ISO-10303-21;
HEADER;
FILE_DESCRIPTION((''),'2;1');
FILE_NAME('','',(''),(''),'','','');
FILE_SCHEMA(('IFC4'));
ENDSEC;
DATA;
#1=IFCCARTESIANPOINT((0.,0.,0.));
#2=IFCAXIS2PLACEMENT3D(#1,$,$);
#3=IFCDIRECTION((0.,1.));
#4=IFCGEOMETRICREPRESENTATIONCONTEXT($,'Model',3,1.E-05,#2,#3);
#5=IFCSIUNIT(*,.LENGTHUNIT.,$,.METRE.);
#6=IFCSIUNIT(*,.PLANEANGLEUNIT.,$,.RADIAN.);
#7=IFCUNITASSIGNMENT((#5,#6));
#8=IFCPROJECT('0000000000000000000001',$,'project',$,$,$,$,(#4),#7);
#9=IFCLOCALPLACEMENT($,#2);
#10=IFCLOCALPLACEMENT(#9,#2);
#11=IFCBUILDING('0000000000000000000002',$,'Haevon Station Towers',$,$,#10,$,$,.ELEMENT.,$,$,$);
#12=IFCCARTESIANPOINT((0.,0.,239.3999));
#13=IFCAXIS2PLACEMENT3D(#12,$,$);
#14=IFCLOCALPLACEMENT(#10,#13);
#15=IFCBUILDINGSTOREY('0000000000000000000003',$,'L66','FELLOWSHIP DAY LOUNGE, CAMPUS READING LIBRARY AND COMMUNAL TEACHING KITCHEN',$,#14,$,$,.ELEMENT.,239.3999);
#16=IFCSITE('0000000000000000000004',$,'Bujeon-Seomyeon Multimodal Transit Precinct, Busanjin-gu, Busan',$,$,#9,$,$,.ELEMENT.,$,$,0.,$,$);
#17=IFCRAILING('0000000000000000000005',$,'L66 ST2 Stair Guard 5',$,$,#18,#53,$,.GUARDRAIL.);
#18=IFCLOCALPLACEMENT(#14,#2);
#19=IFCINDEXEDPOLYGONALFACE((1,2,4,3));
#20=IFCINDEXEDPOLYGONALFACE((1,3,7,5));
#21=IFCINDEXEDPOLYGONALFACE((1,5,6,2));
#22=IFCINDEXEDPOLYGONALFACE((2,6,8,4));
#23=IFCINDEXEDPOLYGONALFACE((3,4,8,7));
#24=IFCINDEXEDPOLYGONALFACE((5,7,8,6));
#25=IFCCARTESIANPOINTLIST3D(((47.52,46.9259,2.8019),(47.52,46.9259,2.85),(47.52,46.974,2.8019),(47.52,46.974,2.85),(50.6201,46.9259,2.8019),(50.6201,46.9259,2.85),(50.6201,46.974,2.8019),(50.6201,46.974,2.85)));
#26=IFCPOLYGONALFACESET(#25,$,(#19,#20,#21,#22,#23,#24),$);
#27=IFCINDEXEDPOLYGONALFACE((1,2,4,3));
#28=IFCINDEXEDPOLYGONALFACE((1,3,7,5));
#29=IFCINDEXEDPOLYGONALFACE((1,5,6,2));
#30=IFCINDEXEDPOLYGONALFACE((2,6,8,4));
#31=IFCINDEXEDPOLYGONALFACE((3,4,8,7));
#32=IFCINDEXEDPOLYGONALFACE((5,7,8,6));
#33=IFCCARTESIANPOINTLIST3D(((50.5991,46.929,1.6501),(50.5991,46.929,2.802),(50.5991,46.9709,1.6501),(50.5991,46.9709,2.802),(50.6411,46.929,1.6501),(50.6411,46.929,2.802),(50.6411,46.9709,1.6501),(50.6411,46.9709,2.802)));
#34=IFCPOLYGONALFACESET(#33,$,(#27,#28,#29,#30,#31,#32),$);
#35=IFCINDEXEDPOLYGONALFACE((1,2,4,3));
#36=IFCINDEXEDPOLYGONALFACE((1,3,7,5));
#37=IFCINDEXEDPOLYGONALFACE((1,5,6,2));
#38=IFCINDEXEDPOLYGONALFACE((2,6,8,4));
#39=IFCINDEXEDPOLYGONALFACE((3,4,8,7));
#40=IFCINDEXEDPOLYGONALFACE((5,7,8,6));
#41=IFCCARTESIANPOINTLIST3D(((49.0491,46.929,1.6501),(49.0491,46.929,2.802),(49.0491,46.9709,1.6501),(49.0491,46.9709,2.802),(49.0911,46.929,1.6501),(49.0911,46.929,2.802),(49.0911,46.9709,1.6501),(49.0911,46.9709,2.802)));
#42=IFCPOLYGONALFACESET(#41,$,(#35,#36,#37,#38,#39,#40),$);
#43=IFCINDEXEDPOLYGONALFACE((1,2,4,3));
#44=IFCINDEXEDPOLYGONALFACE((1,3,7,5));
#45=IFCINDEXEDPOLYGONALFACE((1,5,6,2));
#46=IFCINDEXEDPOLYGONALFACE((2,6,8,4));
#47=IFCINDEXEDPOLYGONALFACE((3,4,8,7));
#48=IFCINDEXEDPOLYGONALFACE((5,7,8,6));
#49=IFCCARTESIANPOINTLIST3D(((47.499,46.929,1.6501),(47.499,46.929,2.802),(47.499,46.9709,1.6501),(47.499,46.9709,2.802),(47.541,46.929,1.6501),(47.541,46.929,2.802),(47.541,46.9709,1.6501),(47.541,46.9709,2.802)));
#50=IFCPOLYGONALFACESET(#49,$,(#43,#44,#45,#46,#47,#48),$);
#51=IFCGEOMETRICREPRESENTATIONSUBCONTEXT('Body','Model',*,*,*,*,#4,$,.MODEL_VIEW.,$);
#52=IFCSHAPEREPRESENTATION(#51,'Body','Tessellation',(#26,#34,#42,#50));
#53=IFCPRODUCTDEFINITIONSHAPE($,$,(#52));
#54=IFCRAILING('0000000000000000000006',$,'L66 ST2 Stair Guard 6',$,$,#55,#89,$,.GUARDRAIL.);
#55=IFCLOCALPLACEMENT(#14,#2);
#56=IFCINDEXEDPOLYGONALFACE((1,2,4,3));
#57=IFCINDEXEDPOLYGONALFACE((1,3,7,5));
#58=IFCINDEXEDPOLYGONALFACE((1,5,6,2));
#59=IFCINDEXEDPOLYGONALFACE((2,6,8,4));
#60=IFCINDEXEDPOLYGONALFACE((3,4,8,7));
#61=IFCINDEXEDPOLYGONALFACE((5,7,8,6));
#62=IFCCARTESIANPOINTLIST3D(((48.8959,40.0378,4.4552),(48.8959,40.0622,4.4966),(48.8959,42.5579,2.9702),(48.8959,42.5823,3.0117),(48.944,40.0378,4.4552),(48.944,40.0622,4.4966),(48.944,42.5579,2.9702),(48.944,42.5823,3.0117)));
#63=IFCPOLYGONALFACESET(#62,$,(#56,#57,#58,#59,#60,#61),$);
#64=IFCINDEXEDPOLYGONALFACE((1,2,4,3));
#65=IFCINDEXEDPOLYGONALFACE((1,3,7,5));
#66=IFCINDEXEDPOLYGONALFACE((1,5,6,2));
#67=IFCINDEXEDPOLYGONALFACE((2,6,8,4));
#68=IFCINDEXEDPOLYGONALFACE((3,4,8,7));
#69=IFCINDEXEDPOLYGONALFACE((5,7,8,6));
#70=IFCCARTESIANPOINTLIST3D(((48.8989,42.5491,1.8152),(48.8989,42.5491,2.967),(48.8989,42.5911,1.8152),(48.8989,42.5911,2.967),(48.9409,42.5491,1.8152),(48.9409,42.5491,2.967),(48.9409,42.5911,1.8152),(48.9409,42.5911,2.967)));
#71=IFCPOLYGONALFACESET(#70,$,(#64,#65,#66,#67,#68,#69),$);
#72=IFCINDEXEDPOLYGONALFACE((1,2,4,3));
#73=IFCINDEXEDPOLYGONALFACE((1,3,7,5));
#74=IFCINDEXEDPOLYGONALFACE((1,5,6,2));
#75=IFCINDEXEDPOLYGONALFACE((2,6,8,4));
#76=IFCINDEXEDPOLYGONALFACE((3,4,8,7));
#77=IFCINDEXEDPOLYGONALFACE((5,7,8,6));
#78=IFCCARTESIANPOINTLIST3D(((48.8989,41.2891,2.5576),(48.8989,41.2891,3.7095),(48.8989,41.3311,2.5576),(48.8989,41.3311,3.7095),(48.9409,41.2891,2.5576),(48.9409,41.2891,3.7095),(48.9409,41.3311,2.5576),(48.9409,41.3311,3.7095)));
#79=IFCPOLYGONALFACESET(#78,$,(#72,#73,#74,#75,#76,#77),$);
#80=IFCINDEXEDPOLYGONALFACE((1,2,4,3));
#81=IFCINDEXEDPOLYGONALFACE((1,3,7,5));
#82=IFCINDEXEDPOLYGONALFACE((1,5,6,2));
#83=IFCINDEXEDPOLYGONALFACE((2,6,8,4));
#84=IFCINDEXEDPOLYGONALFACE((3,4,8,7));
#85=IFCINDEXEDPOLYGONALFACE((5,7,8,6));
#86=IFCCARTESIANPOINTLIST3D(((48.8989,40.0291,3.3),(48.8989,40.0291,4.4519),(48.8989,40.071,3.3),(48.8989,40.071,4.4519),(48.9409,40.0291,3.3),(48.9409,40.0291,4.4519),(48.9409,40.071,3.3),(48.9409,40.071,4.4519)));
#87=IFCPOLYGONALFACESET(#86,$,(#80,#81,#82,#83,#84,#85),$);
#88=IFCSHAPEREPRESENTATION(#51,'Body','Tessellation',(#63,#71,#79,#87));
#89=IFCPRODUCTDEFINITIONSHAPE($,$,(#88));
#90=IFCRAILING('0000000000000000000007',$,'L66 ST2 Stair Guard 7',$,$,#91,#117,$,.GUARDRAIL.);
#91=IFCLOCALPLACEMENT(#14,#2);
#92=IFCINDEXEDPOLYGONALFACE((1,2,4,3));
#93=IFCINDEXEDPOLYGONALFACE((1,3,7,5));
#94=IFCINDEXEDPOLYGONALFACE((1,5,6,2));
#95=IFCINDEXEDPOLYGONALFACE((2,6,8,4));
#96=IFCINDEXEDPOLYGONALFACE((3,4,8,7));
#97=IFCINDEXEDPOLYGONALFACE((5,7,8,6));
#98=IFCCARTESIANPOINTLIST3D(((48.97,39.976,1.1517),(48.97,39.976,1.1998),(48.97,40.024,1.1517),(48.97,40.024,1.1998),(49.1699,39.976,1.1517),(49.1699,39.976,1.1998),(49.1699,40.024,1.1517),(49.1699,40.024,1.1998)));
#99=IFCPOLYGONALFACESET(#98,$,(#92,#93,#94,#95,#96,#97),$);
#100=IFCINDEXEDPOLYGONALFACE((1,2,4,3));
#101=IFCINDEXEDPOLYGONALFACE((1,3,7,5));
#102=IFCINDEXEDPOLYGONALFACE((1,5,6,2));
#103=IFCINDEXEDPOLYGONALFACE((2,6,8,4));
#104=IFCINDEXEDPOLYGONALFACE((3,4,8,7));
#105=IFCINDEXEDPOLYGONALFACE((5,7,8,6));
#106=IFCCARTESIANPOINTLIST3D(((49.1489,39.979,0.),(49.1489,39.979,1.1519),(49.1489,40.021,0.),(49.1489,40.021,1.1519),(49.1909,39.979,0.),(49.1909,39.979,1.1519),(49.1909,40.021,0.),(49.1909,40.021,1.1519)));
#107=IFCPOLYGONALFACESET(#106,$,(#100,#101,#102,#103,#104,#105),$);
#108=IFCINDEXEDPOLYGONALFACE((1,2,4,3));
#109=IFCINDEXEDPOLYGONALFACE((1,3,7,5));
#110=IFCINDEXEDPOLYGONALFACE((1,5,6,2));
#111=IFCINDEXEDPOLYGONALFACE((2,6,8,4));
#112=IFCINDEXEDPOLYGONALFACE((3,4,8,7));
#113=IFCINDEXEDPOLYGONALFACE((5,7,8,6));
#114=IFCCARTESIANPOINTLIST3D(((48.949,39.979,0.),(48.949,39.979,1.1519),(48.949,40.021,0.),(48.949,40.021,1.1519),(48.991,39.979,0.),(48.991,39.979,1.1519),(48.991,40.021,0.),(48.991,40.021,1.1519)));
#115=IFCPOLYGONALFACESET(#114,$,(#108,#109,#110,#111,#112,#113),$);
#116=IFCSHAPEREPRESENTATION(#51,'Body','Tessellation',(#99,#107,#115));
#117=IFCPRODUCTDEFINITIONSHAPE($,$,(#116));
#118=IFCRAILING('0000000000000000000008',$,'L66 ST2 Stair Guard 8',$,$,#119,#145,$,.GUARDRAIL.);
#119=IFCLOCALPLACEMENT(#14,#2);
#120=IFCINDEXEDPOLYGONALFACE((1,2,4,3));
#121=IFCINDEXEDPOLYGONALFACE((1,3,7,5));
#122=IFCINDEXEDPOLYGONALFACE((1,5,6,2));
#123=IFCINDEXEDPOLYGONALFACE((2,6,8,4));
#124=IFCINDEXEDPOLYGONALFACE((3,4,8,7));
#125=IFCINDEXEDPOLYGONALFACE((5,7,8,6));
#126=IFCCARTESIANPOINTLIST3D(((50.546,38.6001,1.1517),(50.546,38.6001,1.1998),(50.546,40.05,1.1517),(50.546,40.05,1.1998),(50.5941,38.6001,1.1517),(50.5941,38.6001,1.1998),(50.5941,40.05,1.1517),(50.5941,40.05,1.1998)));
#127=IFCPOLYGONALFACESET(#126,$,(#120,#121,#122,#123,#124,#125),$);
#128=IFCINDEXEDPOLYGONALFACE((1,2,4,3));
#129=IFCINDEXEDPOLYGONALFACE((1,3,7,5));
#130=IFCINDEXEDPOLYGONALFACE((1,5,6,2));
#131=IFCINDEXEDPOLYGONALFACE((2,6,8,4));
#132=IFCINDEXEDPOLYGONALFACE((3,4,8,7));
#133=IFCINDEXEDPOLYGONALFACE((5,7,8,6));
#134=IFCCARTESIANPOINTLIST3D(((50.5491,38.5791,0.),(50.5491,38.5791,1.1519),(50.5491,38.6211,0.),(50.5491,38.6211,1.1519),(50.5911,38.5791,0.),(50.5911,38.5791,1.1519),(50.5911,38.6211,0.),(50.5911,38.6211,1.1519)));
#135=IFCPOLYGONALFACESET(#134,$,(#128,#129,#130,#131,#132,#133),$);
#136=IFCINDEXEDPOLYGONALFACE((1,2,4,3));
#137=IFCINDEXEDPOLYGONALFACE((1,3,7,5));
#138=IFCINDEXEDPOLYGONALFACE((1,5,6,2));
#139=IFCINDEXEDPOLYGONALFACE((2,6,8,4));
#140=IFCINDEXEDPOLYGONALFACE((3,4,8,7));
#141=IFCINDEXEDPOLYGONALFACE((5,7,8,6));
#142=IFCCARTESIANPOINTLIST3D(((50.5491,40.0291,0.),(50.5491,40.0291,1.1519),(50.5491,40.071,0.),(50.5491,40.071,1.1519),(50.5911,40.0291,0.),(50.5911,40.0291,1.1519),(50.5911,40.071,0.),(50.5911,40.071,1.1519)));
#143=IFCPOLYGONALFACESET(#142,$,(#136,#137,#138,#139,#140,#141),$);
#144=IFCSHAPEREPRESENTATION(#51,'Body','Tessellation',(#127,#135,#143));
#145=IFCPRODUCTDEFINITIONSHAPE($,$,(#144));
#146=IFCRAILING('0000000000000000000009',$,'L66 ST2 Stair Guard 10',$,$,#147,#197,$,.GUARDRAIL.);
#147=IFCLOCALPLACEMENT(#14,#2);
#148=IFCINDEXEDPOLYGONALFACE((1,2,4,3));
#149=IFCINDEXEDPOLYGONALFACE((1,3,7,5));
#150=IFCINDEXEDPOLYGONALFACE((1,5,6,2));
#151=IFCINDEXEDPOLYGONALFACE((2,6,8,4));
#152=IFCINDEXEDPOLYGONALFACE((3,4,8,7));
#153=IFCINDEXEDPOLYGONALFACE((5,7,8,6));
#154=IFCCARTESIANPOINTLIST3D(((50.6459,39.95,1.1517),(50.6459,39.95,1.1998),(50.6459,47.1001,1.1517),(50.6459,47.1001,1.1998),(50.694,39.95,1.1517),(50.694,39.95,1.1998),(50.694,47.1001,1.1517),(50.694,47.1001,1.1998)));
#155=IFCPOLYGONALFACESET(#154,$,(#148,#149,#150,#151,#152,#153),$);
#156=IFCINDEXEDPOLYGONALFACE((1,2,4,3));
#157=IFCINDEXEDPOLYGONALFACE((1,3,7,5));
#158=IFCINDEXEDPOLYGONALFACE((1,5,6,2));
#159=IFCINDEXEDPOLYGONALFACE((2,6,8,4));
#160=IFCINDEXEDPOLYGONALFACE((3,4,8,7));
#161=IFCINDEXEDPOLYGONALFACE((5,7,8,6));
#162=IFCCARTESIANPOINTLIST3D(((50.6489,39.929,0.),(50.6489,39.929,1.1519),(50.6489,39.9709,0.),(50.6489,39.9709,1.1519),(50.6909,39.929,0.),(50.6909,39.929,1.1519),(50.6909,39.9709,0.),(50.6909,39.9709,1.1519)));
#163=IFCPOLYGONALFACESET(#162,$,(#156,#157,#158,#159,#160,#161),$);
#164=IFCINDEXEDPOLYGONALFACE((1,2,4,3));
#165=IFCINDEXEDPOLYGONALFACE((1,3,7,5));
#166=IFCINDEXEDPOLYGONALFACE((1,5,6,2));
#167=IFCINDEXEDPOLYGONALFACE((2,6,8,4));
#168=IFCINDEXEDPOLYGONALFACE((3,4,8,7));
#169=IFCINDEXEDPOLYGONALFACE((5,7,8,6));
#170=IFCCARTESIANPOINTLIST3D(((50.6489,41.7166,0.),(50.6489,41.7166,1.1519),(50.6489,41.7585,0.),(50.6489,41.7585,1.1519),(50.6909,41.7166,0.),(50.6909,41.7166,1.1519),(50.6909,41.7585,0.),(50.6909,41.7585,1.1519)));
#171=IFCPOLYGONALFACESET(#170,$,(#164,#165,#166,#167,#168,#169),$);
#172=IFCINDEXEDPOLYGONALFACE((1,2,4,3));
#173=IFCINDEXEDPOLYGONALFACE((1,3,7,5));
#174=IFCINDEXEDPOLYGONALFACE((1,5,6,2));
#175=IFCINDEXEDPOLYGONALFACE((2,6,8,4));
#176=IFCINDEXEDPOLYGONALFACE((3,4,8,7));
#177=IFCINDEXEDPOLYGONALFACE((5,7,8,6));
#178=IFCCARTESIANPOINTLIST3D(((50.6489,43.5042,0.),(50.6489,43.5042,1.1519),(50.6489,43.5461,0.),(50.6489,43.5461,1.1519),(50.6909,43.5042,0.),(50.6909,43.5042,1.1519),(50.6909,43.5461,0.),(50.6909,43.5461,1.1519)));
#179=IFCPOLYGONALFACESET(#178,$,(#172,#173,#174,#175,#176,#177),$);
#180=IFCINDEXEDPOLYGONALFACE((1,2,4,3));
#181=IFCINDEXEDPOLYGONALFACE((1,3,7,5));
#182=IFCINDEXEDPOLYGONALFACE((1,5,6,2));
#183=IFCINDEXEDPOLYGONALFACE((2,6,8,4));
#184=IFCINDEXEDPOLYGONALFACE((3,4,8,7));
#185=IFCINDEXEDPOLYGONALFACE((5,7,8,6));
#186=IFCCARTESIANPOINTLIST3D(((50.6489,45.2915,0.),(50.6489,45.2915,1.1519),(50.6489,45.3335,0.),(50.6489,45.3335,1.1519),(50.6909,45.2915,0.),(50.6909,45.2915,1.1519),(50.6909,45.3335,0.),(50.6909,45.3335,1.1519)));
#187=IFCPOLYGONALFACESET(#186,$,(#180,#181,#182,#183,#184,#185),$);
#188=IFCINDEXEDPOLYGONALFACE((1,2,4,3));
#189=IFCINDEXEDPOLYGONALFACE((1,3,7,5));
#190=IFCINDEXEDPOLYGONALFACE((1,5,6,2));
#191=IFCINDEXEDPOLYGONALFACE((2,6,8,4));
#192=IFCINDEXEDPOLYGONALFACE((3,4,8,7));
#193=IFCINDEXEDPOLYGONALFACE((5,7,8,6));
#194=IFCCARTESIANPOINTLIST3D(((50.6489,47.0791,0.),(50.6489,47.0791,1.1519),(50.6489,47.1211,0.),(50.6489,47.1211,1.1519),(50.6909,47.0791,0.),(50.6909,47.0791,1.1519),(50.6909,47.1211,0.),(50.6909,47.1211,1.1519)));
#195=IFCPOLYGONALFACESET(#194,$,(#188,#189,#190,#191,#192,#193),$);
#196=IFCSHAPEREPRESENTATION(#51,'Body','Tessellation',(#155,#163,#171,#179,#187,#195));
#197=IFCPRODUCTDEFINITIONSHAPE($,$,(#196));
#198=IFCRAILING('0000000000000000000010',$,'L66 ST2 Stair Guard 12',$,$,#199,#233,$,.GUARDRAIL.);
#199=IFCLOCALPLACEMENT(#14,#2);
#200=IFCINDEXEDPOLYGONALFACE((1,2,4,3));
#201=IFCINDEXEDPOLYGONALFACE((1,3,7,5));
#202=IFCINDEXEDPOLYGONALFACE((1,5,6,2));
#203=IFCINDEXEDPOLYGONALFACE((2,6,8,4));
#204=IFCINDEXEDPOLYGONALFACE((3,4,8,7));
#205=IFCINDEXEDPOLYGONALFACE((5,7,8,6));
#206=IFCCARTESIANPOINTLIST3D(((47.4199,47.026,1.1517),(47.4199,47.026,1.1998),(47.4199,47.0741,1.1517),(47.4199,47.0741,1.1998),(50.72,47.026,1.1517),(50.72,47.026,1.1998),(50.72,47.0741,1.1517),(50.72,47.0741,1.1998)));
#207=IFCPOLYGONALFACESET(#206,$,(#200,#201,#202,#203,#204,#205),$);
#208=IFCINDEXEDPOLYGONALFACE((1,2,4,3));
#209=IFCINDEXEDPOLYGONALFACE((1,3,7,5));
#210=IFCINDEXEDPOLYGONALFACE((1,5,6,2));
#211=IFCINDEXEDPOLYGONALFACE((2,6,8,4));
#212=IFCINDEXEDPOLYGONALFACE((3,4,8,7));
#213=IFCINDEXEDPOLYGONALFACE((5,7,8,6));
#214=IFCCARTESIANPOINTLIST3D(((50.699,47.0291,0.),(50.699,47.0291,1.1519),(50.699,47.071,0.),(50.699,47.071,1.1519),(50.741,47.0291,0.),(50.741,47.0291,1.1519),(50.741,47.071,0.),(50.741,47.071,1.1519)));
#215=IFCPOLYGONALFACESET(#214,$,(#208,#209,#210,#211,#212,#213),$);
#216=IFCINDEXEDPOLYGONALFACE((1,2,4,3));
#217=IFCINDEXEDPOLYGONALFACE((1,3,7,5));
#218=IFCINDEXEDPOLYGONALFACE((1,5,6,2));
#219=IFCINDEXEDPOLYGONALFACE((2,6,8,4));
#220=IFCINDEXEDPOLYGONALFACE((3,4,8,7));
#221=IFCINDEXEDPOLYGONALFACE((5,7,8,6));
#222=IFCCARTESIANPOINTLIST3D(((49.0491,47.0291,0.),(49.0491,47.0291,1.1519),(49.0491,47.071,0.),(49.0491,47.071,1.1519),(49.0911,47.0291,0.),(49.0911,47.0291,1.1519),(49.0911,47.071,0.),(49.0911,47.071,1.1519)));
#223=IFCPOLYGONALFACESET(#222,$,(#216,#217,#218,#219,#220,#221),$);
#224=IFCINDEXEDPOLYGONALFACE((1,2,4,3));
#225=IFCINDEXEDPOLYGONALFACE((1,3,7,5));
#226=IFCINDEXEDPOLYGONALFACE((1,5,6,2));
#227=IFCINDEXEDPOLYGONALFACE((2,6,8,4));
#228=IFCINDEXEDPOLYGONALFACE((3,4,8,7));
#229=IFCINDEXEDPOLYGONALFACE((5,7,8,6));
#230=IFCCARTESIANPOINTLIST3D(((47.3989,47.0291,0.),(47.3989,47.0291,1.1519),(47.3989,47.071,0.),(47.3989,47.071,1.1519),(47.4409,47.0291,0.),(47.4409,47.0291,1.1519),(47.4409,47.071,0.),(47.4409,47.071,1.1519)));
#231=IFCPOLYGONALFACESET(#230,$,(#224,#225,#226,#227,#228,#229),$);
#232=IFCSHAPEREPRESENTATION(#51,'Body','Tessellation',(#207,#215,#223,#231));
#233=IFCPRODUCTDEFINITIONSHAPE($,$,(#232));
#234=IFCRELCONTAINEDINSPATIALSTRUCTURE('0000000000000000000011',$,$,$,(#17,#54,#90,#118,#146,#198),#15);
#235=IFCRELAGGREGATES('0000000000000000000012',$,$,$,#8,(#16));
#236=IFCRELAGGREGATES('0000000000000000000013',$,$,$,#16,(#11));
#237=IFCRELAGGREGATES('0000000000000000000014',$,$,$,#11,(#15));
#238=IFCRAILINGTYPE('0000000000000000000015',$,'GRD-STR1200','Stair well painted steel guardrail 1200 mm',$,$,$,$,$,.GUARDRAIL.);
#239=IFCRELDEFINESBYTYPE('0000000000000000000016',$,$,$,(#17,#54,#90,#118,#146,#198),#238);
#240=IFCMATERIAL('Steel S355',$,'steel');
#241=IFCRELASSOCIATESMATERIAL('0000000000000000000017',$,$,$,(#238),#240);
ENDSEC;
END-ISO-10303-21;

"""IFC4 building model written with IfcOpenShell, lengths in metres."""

from ifc_helpers import new_model, si_unit, direction, frame, origin, origin_2d, place, context, subcontext, project, spatial, rectangle, extrude, material, type_object, element, save


model = new_model("IFC4")

# Units and contexts
model_context = context("Model", 3, precision=1e-05, world=origin(), true_north=direction((0.0, 1.0)))
body_context = subcontext(model_context, "Body", "Model", "MODEL_VIEW")
ifc_project = project(units=[si_unit("LENGTHUNIT", "METRE"), si_unit("PLANEANGLEUNIT", "RADIAN")], contexts=[model_context])

# Site, building, storey
site_placement = place(None, origin())
site = spatial("IfcSite", under=ifc_project, at=site_placement, Name="Bujeon-Seomyeon Multimodal Transit Precinct, Busanjin-gu, Busan", CompositionType="ELEMENT", RefElevation=0.0)
building_placement = place(site_placement, origin())
building = spatial("IfcBuilding", under=site, at=building_placement, Name="Haevon Station Towers", CompositionType="ELEMENT")
storey_placement = place(building_placement, frame((0.0, 0.0, 239.3999)))
storey = spatial("IfcBuildingStorey", under=building, at=storey_placement, Name="L66", Description="FELLOWSHIP DAY LOUNGE, CAMPUS READING LIBRARY AND COMMUNAL TEACHING KITCHEN", CompositionType="ELEMENT", Elevation=239.3999)

# Shared definitions
ifc_material_1 = material(Name="Steel S355", Category="steel")

# Railings
railing_type_1 = type_object("IfcRailingType", Name="GRD-STR1200", Description="Stair well painted steel guardrail 1200 mm", PredefinedType="GUARDRAIL", material=ifc_material_1)
railing_1_placement = place(storey_placement, frame((50.6201, 46.95, 1.6501)))
element("IfcRailing", 1, at=railing_1_placement, inside=storey, type_object=railing_type_1, Name="L66 ST2 Stair Guard 5", PredefinedType="GUARDRAIL", context=body_context, shape_type="SweptSolid", body=[
    extrude(rectangle(XDim=0.0481, YDim=0.0481, at=origin_2d()), frame((0.0, 0.0, 1.1758), z_axis=(-1.0, 0.0, 0.0), x_axis=(0.0, -1.0, 0.0)), (0.0, 0.0, 1.0), 3.1001),
    extrude(rectangle(XDim=0.042, YDim=0.042, at=origin_2d()), origin(), (0.0, 0.0, 1.0), 1.1519),
    extrude(rectangle(XDim=0.042, YDim=0.042, at=origin_2d()), frame((-1.55, 0.0, 0.0)), (0.0, 0.0, 1.0), 1.1519),
    extrude(rectangle(XDim=0.042, YDim=0.042, at=origin_2d()), frame((-3.1001, 0.0, 0.0)), (0.0, 0.0, 1.0), 1.1519),
])
railing_2_placement = place(storey_placement, frame((48.9199, 42.5701, 1.8152)))
element("IfcRailing", 2, at=railing_2_placement, inside=storey, type_object=railing_type_1, Name="L66 ST2 Stair Guard 6", PredefinedType="GUARDRAIL", context=body_context, shape_type="SweptSolid", body=[
    extrude(rectangle(XDim=0.0481, YDim=0.0481, at=origin_2d()), frame((0.0, 0.0, 1.1758), z_axis=(0.0, -0.861561, 0.507655), x_axis=(1.0, 0.0, 0.0)), (0.0, 0.0, 1.0), 2.925),
    extrude(rectangle(XDim=0.042, YDim=0.042, at=origin_2d()), origin(), (0.0, 0.0, 1.0), 1.1519),
    extrude(rectangle(XDim=0.042, YDim=0.042, at=origin_2d()), frame((0.0, -1.26, 0.7424)), (0.0, 0.0, 1.0), 1.1519),
    extrude(rectangle(XDim=0.042, YDim=0.042, at=origin_2d()), frame((0.0, -2.52, 1.4849)), (0.0, 0.0, 1.0), 1.1519),
])
railing_3_placement = place(storey_placement, frame((49.1699, 40.0, 0.0)))
element("IfcRailing", 3, at=railing_3_placement, inside=storey, type_object=railing_type_1, Name="L66 ST2 Stair Guard 7", PredefinedType="GUARDRAIL", context=body_context, shape_type="SweptSolid", body=[
    extrude(rectangle(XDim=0.0481, YDim=0.0481, at=origin_2d()), frame((0.0, 0.0, 1.1758), z_axis=(-1.0, 0.0, 0.0), x_axis=(0.0, -1.0, 0.0)), (0.0, 0.0, 1.0), 0.2),
    extrude(rectangle(XDim=0.042, YDim=0.042, at=origin_2d()), origin(), (0.0, 0.0, 1.0), 1.1519),
    extrude(rectangle(XDim=0.042, YDim=0.042, at=origin_2d()), frame((-0.2, 0.0, 0.0)), (0.0, 0.0, 1.0), 1.1519),
])
railing_4_placement = place(storey_placement, frame((50.5701, 38.6001, 0.0)))
element("IfcRailing", 4, at=railing_4_placement, inside=storey, type_object=railing_type_1, Name="L66 ST2 Stair Guard 8", PredefinedType="GUARDRAIL", context=body_context, shape_type="SweptSolid", body=[
    extrude(rectangle(XDim=0.0481, YDim=0.0481, at=origin_2d()), frame((0.0, 0.0, 1.1758), z_axis=(0.0, 1.0, 0.0), x_axis=(-1.0, 0.0, 0.0)), (0.0, 0.0, 1.0), 1.45),
    extrude(rectangle(XDim=0.042, YDim=0.042, at=origin_2d()), origin(), (0.0, 0.0, 1.0), 1.1519),
    extrude(rectangle(XDim=0.042, YDim=0.042, at=origin_2d()), frame((0.0, 1.45, 0.0)), (0.0, 0.0, 1.0), 1.1519),
])
railing_5_placement = place(storey_placement, frame((50.6699, 39.95, 0.0)))
element("IfcRailing", 5, at=railing_5_placement, inside=storey, type_object=railing_type_1, Name="L66 ST2 Stair Guard 10", PredefinedType="GUARDRAIL", context=body_context, shape_type="SweptSolid", body=[
    extrude(rectangle(XDim=0.0481, YDim=0.0481, at=origin_2d()), frame((0.0, 0.0, 1.1758), z_axis=(0.0, 1.0, 0.0), x_axis=(-1.0, 0.0, 0.0)), (0.0, 0.0, 1.0), 7.1501),
    extrude(rectangle(XDim=0.042, YDim=0.042, at=origin_2d()), origin(), (0.0, 0.0, 1.0), 1.1519),
    extrude(rectangle(XDim=0.042, YDim=0.042, at=origin_2d()), frame((0.0, 1.7876, 0.0)), (0.0, 0.0, 1.0), 1.1519),
    extrude(rectangle(XDim=0.042, YDim=0.042, at=origin_2d()), frame((0.0, 3.5752, 0.0)), (0.0, 0.0, 1.0), 1.1519),
    extrude(rectangle(XDim=0.042, YDim=0.042, at=origin_2d()), frame((0.0, 5.3625, 0.0)), (0.0, 0.0, 1.0), 1.1519),
    extrude(rectangle(XDim=0.042, YDim=0.042, at=origin_2d()), frame((0.0, 7.1501, 0.0)), (0.0, 0.0, 1.0), 1.1519),
])
railing_6_placement = place(storey_placement, frame((50.72, 47.05, 0.0)))
element("IfcRailing", 6, at=railing_6_placement, inside=storey, type_object=railing_type_1, Name="L66 ST2 Stair Guard 12", PredefinedType="GUARDRAIL", context=body_context, shape_type="SweptSolid", body=[
    extrude(rectangle(XDim=0.0481, YDim=0.0481, at=origin_2d()), frame((0.0, 0.0, 1.1758), z_axis=(-1.0, 0.0, 0.0), x_axis=(0.0, -1.0, 0.0)), (0.0, 0.0, 1.0), 3.3),
    extrude(rectangle(XDim=0.042, YDim=0.042, at=origin_2d()), origin(), (0.0, 0.0, 1.0), 1.1519),
    extrude(rectangle(XDim=0.042, YDim=0.042, at=origin_2d()), frame((-1.6499, 0.0, 0.0)), (0.0, 0.0, 1.0), 1.1519),
    extrude(rectangle(XDim=0.042, YDim=0.042, at=origin_2d()), frame((-3.3, 0.0, 0.0)), (0.0, 0.0, 1.0), 1.1519),
])

save(model, "model.ifc")
